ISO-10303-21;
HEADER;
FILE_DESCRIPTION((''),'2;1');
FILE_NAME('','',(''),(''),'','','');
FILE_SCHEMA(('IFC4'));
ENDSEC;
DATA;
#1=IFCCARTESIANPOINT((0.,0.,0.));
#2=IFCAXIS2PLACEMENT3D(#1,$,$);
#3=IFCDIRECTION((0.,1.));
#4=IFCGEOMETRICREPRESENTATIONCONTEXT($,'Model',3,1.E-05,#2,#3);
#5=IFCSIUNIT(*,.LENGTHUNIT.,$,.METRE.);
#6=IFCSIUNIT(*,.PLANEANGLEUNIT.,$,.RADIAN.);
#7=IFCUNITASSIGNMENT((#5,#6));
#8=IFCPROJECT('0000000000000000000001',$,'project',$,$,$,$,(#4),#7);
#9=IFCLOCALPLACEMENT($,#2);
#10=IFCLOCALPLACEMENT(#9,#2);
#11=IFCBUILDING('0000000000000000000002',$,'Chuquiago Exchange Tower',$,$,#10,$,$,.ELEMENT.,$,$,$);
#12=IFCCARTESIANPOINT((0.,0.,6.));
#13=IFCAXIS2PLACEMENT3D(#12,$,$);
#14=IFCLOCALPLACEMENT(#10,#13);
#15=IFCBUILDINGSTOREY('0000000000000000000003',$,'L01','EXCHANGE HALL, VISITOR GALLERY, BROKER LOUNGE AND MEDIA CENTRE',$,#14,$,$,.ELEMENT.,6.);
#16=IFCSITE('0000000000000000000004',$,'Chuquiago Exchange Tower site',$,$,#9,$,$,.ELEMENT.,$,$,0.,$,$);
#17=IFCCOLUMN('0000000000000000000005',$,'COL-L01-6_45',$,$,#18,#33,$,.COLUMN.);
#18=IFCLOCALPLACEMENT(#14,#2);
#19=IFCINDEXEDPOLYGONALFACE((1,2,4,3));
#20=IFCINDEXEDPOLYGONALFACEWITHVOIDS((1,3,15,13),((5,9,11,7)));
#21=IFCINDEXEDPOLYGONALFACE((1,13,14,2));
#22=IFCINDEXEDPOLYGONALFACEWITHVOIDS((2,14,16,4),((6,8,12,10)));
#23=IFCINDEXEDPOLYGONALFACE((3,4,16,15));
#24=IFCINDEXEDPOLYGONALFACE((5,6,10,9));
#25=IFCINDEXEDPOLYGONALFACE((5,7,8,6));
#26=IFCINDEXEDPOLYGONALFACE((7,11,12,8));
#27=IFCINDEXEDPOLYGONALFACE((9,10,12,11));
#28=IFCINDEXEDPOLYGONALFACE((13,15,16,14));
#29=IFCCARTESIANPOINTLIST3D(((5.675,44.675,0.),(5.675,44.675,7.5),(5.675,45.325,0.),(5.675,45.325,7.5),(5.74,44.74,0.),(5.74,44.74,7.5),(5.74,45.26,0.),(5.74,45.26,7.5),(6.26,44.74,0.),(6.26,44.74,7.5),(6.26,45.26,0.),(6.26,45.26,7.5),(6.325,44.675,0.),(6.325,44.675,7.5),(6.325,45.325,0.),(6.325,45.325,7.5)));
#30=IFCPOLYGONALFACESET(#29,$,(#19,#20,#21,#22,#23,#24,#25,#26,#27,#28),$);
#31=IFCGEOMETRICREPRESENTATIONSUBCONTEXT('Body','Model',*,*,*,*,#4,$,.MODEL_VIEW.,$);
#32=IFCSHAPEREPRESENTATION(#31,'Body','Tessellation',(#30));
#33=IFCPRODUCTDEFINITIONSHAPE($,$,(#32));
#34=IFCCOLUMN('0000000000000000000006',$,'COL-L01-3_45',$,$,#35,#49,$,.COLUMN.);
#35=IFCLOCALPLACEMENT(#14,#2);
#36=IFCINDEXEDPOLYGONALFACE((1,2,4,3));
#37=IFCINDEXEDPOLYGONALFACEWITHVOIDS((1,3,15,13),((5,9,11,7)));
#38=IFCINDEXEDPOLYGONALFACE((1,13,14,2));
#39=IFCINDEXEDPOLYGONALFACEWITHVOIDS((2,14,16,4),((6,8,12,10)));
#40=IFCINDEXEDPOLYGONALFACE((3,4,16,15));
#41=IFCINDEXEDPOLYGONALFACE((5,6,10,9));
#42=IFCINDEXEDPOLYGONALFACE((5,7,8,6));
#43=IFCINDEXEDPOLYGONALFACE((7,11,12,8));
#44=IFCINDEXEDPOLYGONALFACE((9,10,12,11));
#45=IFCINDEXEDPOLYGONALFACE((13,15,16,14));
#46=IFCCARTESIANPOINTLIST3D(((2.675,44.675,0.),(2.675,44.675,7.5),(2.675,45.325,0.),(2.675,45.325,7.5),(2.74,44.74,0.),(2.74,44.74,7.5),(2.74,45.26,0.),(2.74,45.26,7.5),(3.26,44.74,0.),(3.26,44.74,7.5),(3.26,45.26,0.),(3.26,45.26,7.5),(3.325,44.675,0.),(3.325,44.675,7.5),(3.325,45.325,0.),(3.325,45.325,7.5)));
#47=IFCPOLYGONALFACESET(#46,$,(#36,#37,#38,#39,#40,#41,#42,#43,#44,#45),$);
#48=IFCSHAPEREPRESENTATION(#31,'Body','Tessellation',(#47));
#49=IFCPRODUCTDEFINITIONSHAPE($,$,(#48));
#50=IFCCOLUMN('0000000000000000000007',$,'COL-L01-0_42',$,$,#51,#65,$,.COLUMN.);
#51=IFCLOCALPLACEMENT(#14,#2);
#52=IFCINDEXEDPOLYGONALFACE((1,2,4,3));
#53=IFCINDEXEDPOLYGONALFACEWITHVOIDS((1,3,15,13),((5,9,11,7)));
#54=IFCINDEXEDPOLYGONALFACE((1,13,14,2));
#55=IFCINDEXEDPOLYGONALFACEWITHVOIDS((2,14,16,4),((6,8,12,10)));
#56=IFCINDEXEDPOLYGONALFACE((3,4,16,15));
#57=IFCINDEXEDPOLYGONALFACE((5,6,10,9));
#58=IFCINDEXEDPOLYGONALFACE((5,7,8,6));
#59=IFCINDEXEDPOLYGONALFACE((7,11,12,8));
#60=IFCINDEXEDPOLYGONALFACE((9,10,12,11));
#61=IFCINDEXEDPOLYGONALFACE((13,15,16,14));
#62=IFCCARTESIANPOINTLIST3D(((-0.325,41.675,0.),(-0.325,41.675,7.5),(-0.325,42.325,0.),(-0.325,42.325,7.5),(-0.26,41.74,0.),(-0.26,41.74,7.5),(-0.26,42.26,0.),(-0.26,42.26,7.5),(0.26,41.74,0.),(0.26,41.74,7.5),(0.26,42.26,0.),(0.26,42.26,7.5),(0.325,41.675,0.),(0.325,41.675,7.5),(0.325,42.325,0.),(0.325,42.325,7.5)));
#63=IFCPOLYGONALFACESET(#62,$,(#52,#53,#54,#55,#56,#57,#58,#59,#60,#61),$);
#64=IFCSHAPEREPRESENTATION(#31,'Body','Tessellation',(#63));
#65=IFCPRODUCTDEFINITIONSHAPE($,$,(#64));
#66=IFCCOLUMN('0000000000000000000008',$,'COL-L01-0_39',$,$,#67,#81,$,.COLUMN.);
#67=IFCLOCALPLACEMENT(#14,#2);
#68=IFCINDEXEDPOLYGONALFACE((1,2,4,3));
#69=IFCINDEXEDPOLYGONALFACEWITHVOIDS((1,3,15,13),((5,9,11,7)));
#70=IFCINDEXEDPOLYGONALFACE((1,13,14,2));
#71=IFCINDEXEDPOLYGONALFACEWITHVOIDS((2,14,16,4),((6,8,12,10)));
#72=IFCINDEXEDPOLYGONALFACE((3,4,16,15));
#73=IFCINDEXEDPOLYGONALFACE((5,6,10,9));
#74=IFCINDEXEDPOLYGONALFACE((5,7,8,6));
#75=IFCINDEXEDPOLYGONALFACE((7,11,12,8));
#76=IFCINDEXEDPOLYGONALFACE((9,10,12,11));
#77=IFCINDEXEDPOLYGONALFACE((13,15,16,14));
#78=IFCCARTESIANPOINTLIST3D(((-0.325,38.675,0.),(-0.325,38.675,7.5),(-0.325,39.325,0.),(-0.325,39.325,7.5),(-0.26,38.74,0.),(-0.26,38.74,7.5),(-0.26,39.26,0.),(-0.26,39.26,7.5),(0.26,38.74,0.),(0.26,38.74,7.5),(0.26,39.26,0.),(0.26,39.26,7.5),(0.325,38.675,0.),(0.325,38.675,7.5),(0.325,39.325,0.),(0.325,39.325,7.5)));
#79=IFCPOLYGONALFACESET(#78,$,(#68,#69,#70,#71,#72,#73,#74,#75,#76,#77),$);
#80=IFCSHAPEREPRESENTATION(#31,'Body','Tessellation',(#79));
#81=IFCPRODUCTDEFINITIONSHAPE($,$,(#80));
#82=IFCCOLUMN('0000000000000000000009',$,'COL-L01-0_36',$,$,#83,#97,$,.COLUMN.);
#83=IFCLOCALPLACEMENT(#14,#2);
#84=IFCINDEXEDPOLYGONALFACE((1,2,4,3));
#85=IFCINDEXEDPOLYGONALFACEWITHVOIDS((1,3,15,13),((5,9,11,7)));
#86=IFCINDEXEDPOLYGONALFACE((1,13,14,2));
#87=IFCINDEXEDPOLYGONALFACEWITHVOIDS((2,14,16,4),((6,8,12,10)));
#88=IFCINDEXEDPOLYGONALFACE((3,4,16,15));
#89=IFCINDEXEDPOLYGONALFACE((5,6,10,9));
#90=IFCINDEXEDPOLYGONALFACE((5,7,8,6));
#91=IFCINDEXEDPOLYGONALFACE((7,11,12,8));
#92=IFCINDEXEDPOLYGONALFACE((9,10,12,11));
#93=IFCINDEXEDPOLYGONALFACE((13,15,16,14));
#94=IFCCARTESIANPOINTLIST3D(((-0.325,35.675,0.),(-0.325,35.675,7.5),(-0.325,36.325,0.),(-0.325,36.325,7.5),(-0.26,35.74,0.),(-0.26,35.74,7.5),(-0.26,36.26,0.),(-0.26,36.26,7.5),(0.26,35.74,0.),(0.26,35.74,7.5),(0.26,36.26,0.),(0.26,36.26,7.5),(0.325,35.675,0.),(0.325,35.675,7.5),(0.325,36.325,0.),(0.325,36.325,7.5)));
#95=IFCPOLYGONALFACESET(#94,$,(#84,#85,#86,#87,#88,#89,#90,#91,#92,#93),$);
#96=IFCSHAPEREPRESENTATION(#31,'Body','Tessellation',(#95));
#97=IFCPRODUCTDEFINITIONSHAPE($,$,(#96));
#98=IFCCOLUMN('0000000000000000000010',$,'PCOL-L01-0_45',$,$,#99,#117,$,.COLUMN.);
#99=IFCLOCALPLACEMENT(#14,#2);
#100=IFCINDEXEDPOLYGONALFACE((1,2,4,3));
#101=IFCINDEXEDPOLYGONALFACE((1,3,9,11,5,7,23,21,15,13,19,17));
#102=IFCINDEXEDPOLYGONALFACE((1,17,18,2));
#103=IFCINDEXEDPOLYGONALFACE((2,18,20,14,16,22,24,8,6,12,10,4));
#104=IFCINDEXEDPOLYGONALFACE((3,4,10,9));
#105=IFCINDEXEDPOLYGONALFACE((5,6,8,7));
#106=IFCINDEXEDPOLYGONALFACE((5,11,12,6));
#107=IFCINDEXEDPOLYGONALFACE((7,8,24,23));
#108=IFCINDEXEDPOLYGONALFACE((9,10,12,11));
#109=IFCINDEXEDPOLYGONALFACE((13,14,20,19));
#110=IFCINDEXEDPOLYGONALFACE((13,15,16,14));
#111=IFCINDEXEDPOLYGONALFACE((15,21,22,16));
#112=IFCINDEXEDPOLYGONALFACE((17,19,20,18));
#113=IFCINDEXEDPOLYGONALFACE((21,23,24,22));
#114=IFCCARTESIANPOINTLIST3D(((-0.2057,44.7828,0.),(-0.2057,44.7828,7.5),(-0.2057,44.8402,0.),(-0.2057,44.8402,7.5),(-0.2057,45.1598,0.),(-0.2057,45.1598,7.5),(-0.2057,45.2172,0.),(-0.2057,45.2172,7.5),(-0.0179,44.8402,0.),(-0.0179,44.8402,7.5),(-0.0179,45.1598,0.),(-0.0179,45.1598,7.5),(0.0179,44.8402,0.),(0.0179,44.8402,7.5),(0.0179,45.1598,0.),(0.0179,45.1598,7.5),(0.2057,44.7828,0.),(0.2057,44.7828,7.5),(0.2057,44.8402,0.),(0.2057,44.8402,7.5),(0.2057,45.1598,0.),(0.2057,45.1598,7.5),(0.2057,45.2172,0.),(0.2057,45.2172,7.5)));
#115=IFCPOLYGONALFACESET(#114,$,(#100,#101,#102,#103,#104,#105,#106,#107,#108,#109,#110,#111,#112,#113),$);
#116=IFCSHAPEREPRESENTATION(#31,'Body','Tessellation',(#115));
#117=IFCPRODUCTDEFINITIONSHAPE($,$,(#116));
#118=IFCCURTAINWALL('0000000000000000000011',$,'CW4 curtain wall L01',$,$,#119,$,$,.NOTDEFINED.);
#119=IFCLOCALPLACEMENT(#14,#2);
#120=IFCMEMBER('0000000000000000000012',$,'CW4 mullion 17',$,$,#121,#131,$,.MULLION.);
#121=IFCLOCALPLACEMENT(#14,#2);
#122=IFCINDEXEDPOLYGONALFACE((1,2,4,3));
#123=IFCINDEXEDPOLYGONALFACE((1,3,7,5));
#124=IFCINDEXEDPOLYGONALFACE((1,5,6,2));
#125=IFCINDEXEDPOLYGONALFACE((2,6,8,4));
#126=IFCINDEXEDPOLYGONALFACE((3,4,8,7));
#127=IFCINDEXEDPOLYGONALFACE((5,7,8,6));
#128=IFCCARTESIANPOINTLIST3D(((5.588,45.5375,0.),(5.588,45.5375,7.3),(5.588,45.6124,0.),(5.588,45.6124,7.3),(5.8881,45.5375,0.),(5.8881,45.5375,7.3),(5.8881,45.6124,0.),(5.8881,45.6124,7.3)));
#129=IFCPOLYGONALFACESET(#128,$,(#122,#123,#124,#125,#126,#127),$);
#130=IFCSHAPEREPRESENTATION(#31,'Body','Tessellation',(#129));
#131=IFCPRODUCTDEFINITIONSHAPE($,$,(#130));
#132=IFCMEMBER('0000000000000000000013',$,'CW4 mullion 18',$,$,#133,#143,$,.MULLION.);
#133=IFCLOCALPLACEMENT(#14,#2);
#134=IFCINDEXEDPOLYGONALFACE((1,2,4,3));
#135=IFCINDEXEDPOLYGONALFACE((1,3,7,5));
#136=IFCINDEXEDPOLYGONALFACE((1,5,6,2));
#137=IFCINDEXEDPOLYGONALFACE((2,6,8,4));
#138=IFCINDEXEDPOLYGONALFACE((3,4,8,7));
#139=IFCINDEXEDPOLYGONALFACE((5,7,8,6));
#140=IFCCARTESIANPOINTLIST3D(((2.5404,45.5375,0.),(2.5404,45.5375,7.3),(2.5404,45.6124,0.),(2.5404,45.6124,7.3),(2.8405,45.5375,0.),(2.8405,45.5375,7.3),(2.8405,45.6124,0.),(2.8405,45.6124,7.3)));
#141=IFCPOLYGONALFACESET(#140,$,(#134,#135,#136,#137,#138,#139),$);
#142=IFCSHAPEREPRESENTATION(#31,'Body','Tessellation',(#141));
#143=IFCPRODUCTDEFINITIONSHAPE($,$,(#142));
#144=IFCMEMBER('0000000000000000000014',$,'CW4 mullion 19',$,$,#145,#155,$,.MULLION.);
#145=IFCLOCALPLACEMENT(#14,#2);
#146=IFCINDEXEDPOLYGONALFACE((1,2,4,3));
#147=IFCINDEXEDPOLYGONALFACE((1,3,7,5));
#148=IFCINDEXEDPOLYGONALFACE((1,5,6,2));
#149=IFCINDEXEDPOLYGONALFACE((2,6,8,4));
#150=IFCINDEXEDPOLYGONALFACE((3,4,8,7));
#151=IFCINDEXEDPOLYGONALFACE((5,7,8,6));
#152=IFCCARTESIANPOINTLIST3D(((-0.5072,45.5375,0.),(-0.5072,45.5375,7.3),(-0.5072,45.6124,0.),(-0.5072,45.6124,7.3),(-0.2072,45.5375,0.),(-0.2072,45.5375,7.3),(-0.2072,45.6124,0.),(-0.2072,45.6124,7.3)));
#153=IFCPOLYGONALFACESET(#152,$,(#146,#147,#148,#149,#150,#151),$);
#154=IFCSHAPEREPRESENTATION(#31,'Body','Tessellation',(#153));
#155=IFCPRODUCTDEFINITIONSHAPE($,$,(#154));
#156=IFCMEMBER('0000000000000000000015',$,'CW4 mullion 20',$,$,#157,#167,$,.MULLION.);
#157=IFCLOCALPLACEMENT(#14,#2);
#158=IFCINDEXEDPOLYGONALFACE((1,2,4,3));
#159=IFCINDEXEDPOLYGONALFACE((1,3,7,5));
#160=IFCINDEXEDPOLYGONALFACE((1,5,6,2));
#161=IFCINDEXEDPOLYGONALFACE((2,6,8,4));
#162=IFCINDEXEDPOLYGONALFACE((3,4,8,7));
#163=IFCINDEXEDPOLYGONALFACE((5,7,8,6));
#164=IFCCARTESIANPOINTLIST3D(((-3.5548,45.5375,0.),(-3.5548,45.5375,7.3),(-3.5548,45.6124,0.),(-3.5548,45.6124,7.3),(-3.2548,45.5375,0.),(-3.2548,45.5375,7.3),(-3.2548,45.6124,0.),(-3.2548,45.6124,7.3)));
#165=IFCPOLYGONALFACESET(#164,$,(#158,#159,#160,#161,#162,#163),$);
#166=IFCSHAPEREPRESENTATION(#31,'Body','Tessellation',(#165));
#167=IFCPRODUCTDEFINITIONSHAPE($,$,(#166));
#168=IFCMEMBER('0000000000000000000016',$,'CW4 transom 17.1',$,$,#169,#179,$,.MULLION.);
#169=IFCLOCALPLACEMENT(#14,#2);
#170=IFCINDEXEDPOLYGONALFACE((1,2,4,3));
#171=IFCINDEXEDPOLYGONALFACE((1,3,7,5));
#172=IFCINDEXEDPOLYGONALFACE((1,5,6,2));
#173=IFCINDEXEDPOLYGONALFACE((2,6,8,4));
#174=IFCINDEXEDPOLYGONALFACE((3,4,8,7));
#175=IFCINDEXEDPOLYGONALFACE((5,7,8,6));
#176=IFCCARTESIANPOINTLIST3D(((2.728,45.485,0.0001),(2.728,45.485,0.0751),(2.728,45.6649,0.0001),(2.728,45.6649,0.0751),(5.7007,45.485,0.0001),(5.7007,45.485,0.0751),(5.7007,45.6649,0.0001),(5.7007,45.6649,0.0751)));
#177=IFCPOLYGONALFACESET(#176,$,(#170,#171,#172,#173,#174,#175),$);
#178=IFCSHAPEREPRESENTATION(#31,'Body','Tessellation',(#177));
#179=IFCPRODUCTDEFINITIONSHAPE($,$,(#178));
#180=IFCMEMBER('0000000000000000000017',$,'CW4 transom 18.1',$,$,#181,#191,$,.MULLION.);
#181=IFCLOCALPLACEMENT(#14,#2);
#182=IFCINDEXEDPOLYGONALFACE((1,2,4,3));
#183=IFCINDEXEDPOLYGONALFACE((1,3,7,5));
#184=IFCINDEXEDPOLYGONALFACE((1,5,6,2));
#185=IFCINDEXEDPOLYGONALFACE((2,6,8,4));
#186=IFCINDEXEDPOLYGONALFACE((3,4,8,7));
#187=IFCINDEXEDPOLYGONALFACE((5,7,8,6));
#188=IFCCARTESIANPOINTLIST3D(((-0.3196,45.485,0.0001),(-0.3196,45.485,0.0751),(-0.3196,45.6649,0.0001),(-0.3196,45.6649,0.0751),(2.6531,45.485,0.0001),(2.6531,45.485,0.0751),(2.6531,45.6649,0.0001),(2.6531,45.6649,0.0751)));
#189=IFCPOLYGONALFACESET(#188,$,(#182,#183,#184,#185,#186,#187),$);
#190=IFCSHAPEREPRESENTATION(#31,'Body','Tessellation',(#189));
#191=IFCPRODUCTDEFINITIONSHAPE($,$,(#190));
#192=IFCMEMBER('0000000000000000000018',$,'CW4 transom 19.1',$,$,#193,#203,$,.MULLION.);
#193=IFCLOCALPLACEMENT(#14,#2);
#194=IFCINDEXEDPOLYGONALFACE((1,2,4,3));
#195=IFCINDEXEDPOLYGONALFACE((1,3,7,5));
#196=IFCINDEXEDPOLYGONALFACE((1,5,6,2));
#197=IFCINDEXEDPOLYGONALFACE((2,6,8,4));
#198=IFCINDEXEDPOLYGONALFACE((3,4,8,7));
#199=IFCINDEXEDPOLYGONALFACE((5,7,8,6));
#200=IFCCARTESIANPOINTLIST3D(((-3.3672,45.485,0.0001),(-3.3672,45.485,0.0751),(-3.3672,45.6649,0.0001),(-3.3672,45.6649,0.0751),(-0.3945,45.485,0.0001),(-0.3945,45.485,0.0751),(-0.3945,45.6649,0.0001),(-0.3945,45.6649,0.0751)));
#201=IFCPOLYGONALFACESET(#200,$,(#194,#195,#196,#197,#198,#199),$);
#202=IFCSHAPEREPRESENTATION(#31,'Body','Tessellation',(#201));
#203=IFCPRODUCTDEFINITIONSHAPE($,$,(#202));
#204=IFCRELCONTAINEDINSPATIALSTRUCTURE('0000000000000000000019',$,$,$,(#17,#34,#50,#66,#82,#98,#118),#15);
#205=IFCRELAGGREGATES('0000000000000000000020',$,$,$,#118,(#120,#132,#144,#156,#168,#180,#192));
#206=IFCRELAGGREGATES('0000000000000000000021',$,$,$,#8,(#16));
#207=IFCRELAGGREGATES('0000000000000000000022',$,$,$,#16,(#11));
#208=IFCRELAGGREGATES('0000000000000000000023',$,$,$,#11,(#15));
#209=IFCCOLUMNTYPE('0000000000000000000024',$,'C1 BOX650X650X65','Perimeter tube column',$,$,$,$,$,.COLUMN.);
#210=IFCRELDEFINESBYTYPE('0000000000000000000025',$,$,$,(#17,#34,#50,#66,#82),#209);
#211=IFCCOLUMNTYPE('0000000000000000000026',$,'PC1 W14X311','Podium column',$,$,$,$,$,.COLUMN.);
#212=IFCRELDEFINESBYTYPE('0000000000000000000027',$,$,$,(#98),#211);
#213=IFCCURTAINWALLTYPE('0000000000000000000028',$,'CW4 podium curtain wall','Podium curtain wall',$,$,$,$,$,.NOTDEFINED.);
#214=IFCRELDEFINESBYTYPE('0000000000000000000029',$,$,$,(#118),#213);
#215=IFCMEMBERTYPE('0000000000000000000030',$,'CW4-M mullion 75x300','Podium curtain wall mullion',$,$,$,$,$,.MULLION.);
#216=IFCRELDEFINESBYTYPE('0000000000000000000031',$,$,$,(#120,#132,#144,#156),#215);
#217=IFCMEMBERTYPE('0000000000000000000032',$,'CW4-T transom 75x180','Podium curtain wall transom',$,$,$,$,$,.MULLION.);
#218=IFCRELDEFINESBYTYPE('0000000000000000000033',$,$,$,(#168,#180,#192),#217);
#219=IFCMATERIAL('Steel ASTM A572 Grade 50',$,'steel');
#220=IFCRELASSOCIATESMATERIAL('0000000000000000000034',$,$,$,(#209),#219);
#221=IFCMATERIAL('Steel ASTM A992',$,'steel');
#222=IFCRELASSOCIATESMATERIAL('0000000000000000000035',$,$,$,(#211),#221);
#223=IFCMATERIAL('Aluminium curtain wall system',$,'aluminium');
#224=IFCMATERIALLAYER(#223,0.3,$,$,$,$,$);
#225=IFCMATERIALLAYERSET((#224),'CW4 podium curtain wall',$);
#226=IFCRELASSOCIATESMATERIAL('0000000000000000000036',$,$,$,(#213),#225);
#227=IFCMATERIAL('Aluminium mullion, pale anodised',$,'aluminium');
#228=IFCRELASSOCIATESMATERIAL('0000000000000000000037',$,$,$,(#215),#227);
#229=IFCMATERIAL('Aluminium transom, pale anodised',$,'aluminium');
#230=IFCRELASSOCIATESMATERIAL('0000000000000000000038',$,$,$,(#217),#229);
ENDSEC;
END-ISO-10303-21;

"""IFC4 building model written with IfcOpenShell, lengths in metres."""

from ifc_helpers import new_model, si_unit, direction, frame, origin, origin_2d, place, context, subcontext, project, spatial, rectangle, hollow_rectangle, i_section, extrude, material, layer, layer_set, material_profile, profile_set, type_object, element, aggregate, save


model = new_model("IFC4")

# Units and contexts
model_context = context("Model", 3, precision=1e-05, world=origin(), true_north=direction((0.0, 1.0)))
body_context = subcontext(model_context, "Body", "Model", "MODEL_VIEW")
ifc_project = project(units=[si_unit("LENGTHUNIT", "METRE"), si_unit("PLANEANGLEUNIT", "RADIAN")], contexts=[model_context])

# Site, building, storey
site_placement = place(None, origin())
site = spatial("IfcSite", under=ifc_project, at=site_placement, Name="Chuquiago Exchange Tower site", CompositionType="ELEMENT", RefElevation=0.0)
building_placement = place(site_placement, origin())
building = spatial("IfcBuilding", under=site, at=building_placement, Name="Chuquiago Exchange Tower", CompositionType="ELEMENT")
storey_placement = place(building_placement, frame((0.0, 0.0, 6.0)))
storey = spatial("IfcBuildingStorey", under=building, at=storey_placement, Name="L01", Description="EXCHANGE HALL, VISITOR GALLERY, BROKER LOUNGE AND MEDIA CENTRE", CompositionType="ELEMENT", Elevation=6.0)

# Columns
ifc_material_1 = material(Name="Steel ASTM A572 Grade 50", Category="steel")
ifc_material_profile_1 = material_profile(ifc_material_1, hollow_rectangle(XDim=0.6499, YDim=0.6499, WallThickness=0.0649, at=origin_2d()), Name="BOX650X650X65")
ifc_profile_set_1 = profile_set([ifc_material_profile_1], Name="Steel ASTM A572 Grade 50")
column_type_1 = type_object("IfcColumnType", Name="C1 BOX650X650X65", Description="Perimeter tube column", PredefinedType="COLUMN", material=ifc_profile_set_1)
for number, where, z_axis, x_axis, name in (
    (1, (6.0, 45.0, 0.0), (0.0, 0.0, 1.0), (0.0, 1.0, 0.0), "COL-L01-6_45"),
    (2, (3.0, 45.0, 0.0), (0.0, 0.0, 1.0), (0.0, 1.0, 0.0), "COL-L01-3_45"),
    (3, (0.0, 42.0, 0.0), (0.0, 0.0, 1.0), (-1.0, 0.0, 0.0), "COL-L01-0_42"),
    (4, (0.0, 39.0, 0.0), (0.0, 0.0, 1.0), (-1.0, 0.0, 0.0), "COL-L01-0_39"),
    (5, (0.0, 36.0, 0.0), (0.0, 0.0, 1.0), (-1.0, 0.0, 0.0), "COL-L01-0_36"),
):
    element("IfcColumn", number, at=place(storey_placement, frame(where, z_axis=z_axis, x_axis=x_axis)), inside=storey, type_object=column_type_1, Name=name, PredefinedType="COLUMN", context=body_context, shape_type="SweptSolid", body=[
        extrude(hollow_rectangle(XDim=0.6499, YDim=0.6499, WallThickness=0.0649, at=origin_2d()), origin(), (0.0, 0.0, 1.0), 7.5),
    ])
ifc_material_2 = material(Name="Steel ASTM A992", Category="steel")
ifc_material_profile_2 = material_profile(ifc_material_2, i_section(OverallWidth=0.4114, OverallDepth=0.4343, WebThickness=0.0359, FlangeThickness=0.0574, at=origin_2d()), Name="W14X311")
ifc_profile_set_2 = profile_set([ifc_material_profile_2], Name="Steel ASTM A992")
column_type_2 = type_object("IfcColumnType", Name="PC1 W14X311", Description="Podium column", PredefinedType="COLUMN", material=ifc_profile_set_2)
column_placement = place(storey_placement, frame((0.0, 45.0, 0.0), z_axis=(0.0, 0.0, 1.0), x_axis=(1.0, 0.0, 0.0)))
element("IfcColumn", 6, at=column_placement, inside=storey, type_object=column_type_2, Name="PCOL-L01-0_45", PredefinedType="COLUMN", context=body_context, shape_type="SweptSolid", body=[
    extrude(i_section(OverallWidth=0.4114, OverallDepth=0.4343, WebThickness=0.0359, FlangeThickness=0.0574, at=origin_2d()), origin(), (0.0, 0.0, 1.0), 7.5),
])

# Curtain wall, members
ifc_material_3 = material(Name="Aluminium curtain wall system", Category="aluminium")
ifc_layer_1 = layer(ifc_material_3, 0.3)
ifc_layer_set_1 = layer_set([ifc_layer_1], Name="CW4 podium curtain wall")
curtain_wall_type = type_object("IfcCurtainWallType", Name="CW4 podium curtain wall", Description="Podium curtain wall", PredefinedType="NOTDEFINED", material=ifc_layer_set_1)
curtain_wall_placement = place(storey_placement, origin())
curtain_wall = element("IfcCurtainWall", 7, at=curtain_wall_placement, inside=storey, type_object=curtain_wall_type, Name="CW4 curtain wall L01", PredefinedType="NOTDEFINED")
ifc_material_4 = material(Name="Aluminium mullion, pale anodised", Category="aluminium")
ifc_material_profile_3 = material_profile(ifc_material_4, rectangle(XDim=0.075, YDim=0.3, at=origin_2d()), Name="AL 75x300")
ifc_profile_set_3 = profile_set([ifc_material_profile_3], Name="Aluminium mullion, pale anodised")
member_type_1 = type_object("IfcMemberType", Name="CW4-M mullion 75x300", Description="Podium curtain wall mullion", PredefinedType="MULLION", material=ifc_profile_set_3)
member_1_placement = place(storey_placement, frame((5.738, 45.575, 0.0), z_axis=(0.0, 0.0, 1.0), x_axis=(0.0, -1.0, 0.0)))
member_1 = element("IfcMember", 8, at=member_1_placement, type_object=member_type_1, Name="CW4 mullion 17", PredefinedType="MULLION", context=body_context, shape_type="SweptSolid", body=[
    extrude(rectangle(XDim=0.075, YDim=0.3, at=origin_2d()), origin(), (0.0, 0.0, 1.0), 7.3),
])
member_2_placement = place(storey_placement, frame((2.6904, 45.575, 0.0), z_axis=(0.0, 0.0, 1.0), x_axis=(0.0, -1.0, 0.0)))
member_2 = element("IfcMember", 9, at=member_2_placement, type_object=member_type_1, Name="CW4 mullion 18", PredefinedType="MULLION", context=body_context, shape_type="SweptSolid", body=[
    extrude(rectangle(XDim=0.075, YDim=0.3, at=origin_2d()), origin(), (0.0, 0.0, 1.0), 7.3),
])
member_3_placement = place(storey_placement, frame((-0.3572, 45.575, 0.0), z_axis=(0.0, 0.0, 1.0), x_axis=(0.0, -1.0, 0.0)))
member_3 = element("IfcMember", 10, at=member_3_placement, type_object=member_type_1, Name="CW4 mullion 19", PredefinedType="MULLION", context=body_context, shape_type="SweptSolid", body=[
    extrude(rectangle(XDim=0.075, YDim=0.3, at=origin_2d()), origin(), (0.0, 0.0, 1.0), 7.3),
])
member_4_placement = place(storey_placement, frame((-3.4048, 45.575, 0.0), z_axis=(0.0, 0.0, 1.0), x_axis=(0.0, -1.0, 0.0)))
member_4 = element("IfcMember", 11, at=member_4_placement, type_object=member_type_1, Name="CW4 mullion 20", PredefinedType="MULLION", context=body_context, shape_type="SweptSolid", body=[
    extrude(rectangle(XDim=0.075, YDim=0.3, at=origin_2d()), origin(), (0.0, 0.0, 1.0), 7.3),
])
ifc_material_5 = material(Name="Aluminium transom, pale anodised", Category="aluminium")
ifc_material_profile_4 = material_profile(ifc_material_5, rectangle(XDim=0.1799, YDim=0.075, at=origin_2d()), Name="AL 180x75")
ifc_profile_set_4 = profile_set([ifc_material_profile_4], Name="Aluminium transom, pale anodised")
member_type_2 = type_object("IfcMemberType", Name="CW4-T transom 75x180", Description="Podium curtain wall transom", PredefinedType="MULLION", material=ifc_profile_set_4)
member_5_placement = place(storey_placement, frame((5.7007, 45.575, 0.0376), z_axis=(-1.0, 0.0, 0.0), x_axis=(0.0, -1.0, 0.0)))
member_5 = element("IfcMember", 12, at=member_5_placement, type_object=member_type_2, Name="CW4 transom 17.1", PredefinedType="MULLION", context=body_context, shape_type="SweptSolid", body=[
    extrude(rectangle(XDim=0.1799, YDim=0.075, at=origin_2d()), origin(), (0.0, 0.0, 1.0), 2.9727),
])
member_6_placement = place(storey_placement, frame((2.6531, 45.575, 0.0376), z_axis=(-1.0, 0.0, 0.0), x_axis=(0.0, -1.0, 0.0)))
member_6 = element("IfcMember", 13, at=member_6_placement, type_object=member_type_2, Name="CW4 transom 18.1", PredefinedType="MULLION", context=body_context, shape_type="SweptSolid", body=[
    extrude(rectangle(XDim=0.1799, YDim=0.075, at=origin_2d()), origin(), (0.0, 0.0, 1.0), 2.9727),
])
member_7_placement = place(storey_placement, frame((-0.3945, 45.575, 0.0376), z_axis=(-1.0, 0.0, 0.0), x_axis=(0.0, -1.0, 0.0)))
member_7 = element("IfcMember", 14, at=member_7_placement, type_object=member_type_2, Name="CW4 transom 19.1", PredefinedType="MULLION", context=body_context, shape_type="SweptSolid", body=[
    extrude(rectangle(XDim=0.1799, YDim=0.075, at=origin_2d()), origin(), (0.0, 0.0, 1.0), 2.9727),
])

aggregate(curtain_wall, [member_1, member_2, member_3, member_4, member_5, member_6, member_7])

save(model, "model.ifc")
